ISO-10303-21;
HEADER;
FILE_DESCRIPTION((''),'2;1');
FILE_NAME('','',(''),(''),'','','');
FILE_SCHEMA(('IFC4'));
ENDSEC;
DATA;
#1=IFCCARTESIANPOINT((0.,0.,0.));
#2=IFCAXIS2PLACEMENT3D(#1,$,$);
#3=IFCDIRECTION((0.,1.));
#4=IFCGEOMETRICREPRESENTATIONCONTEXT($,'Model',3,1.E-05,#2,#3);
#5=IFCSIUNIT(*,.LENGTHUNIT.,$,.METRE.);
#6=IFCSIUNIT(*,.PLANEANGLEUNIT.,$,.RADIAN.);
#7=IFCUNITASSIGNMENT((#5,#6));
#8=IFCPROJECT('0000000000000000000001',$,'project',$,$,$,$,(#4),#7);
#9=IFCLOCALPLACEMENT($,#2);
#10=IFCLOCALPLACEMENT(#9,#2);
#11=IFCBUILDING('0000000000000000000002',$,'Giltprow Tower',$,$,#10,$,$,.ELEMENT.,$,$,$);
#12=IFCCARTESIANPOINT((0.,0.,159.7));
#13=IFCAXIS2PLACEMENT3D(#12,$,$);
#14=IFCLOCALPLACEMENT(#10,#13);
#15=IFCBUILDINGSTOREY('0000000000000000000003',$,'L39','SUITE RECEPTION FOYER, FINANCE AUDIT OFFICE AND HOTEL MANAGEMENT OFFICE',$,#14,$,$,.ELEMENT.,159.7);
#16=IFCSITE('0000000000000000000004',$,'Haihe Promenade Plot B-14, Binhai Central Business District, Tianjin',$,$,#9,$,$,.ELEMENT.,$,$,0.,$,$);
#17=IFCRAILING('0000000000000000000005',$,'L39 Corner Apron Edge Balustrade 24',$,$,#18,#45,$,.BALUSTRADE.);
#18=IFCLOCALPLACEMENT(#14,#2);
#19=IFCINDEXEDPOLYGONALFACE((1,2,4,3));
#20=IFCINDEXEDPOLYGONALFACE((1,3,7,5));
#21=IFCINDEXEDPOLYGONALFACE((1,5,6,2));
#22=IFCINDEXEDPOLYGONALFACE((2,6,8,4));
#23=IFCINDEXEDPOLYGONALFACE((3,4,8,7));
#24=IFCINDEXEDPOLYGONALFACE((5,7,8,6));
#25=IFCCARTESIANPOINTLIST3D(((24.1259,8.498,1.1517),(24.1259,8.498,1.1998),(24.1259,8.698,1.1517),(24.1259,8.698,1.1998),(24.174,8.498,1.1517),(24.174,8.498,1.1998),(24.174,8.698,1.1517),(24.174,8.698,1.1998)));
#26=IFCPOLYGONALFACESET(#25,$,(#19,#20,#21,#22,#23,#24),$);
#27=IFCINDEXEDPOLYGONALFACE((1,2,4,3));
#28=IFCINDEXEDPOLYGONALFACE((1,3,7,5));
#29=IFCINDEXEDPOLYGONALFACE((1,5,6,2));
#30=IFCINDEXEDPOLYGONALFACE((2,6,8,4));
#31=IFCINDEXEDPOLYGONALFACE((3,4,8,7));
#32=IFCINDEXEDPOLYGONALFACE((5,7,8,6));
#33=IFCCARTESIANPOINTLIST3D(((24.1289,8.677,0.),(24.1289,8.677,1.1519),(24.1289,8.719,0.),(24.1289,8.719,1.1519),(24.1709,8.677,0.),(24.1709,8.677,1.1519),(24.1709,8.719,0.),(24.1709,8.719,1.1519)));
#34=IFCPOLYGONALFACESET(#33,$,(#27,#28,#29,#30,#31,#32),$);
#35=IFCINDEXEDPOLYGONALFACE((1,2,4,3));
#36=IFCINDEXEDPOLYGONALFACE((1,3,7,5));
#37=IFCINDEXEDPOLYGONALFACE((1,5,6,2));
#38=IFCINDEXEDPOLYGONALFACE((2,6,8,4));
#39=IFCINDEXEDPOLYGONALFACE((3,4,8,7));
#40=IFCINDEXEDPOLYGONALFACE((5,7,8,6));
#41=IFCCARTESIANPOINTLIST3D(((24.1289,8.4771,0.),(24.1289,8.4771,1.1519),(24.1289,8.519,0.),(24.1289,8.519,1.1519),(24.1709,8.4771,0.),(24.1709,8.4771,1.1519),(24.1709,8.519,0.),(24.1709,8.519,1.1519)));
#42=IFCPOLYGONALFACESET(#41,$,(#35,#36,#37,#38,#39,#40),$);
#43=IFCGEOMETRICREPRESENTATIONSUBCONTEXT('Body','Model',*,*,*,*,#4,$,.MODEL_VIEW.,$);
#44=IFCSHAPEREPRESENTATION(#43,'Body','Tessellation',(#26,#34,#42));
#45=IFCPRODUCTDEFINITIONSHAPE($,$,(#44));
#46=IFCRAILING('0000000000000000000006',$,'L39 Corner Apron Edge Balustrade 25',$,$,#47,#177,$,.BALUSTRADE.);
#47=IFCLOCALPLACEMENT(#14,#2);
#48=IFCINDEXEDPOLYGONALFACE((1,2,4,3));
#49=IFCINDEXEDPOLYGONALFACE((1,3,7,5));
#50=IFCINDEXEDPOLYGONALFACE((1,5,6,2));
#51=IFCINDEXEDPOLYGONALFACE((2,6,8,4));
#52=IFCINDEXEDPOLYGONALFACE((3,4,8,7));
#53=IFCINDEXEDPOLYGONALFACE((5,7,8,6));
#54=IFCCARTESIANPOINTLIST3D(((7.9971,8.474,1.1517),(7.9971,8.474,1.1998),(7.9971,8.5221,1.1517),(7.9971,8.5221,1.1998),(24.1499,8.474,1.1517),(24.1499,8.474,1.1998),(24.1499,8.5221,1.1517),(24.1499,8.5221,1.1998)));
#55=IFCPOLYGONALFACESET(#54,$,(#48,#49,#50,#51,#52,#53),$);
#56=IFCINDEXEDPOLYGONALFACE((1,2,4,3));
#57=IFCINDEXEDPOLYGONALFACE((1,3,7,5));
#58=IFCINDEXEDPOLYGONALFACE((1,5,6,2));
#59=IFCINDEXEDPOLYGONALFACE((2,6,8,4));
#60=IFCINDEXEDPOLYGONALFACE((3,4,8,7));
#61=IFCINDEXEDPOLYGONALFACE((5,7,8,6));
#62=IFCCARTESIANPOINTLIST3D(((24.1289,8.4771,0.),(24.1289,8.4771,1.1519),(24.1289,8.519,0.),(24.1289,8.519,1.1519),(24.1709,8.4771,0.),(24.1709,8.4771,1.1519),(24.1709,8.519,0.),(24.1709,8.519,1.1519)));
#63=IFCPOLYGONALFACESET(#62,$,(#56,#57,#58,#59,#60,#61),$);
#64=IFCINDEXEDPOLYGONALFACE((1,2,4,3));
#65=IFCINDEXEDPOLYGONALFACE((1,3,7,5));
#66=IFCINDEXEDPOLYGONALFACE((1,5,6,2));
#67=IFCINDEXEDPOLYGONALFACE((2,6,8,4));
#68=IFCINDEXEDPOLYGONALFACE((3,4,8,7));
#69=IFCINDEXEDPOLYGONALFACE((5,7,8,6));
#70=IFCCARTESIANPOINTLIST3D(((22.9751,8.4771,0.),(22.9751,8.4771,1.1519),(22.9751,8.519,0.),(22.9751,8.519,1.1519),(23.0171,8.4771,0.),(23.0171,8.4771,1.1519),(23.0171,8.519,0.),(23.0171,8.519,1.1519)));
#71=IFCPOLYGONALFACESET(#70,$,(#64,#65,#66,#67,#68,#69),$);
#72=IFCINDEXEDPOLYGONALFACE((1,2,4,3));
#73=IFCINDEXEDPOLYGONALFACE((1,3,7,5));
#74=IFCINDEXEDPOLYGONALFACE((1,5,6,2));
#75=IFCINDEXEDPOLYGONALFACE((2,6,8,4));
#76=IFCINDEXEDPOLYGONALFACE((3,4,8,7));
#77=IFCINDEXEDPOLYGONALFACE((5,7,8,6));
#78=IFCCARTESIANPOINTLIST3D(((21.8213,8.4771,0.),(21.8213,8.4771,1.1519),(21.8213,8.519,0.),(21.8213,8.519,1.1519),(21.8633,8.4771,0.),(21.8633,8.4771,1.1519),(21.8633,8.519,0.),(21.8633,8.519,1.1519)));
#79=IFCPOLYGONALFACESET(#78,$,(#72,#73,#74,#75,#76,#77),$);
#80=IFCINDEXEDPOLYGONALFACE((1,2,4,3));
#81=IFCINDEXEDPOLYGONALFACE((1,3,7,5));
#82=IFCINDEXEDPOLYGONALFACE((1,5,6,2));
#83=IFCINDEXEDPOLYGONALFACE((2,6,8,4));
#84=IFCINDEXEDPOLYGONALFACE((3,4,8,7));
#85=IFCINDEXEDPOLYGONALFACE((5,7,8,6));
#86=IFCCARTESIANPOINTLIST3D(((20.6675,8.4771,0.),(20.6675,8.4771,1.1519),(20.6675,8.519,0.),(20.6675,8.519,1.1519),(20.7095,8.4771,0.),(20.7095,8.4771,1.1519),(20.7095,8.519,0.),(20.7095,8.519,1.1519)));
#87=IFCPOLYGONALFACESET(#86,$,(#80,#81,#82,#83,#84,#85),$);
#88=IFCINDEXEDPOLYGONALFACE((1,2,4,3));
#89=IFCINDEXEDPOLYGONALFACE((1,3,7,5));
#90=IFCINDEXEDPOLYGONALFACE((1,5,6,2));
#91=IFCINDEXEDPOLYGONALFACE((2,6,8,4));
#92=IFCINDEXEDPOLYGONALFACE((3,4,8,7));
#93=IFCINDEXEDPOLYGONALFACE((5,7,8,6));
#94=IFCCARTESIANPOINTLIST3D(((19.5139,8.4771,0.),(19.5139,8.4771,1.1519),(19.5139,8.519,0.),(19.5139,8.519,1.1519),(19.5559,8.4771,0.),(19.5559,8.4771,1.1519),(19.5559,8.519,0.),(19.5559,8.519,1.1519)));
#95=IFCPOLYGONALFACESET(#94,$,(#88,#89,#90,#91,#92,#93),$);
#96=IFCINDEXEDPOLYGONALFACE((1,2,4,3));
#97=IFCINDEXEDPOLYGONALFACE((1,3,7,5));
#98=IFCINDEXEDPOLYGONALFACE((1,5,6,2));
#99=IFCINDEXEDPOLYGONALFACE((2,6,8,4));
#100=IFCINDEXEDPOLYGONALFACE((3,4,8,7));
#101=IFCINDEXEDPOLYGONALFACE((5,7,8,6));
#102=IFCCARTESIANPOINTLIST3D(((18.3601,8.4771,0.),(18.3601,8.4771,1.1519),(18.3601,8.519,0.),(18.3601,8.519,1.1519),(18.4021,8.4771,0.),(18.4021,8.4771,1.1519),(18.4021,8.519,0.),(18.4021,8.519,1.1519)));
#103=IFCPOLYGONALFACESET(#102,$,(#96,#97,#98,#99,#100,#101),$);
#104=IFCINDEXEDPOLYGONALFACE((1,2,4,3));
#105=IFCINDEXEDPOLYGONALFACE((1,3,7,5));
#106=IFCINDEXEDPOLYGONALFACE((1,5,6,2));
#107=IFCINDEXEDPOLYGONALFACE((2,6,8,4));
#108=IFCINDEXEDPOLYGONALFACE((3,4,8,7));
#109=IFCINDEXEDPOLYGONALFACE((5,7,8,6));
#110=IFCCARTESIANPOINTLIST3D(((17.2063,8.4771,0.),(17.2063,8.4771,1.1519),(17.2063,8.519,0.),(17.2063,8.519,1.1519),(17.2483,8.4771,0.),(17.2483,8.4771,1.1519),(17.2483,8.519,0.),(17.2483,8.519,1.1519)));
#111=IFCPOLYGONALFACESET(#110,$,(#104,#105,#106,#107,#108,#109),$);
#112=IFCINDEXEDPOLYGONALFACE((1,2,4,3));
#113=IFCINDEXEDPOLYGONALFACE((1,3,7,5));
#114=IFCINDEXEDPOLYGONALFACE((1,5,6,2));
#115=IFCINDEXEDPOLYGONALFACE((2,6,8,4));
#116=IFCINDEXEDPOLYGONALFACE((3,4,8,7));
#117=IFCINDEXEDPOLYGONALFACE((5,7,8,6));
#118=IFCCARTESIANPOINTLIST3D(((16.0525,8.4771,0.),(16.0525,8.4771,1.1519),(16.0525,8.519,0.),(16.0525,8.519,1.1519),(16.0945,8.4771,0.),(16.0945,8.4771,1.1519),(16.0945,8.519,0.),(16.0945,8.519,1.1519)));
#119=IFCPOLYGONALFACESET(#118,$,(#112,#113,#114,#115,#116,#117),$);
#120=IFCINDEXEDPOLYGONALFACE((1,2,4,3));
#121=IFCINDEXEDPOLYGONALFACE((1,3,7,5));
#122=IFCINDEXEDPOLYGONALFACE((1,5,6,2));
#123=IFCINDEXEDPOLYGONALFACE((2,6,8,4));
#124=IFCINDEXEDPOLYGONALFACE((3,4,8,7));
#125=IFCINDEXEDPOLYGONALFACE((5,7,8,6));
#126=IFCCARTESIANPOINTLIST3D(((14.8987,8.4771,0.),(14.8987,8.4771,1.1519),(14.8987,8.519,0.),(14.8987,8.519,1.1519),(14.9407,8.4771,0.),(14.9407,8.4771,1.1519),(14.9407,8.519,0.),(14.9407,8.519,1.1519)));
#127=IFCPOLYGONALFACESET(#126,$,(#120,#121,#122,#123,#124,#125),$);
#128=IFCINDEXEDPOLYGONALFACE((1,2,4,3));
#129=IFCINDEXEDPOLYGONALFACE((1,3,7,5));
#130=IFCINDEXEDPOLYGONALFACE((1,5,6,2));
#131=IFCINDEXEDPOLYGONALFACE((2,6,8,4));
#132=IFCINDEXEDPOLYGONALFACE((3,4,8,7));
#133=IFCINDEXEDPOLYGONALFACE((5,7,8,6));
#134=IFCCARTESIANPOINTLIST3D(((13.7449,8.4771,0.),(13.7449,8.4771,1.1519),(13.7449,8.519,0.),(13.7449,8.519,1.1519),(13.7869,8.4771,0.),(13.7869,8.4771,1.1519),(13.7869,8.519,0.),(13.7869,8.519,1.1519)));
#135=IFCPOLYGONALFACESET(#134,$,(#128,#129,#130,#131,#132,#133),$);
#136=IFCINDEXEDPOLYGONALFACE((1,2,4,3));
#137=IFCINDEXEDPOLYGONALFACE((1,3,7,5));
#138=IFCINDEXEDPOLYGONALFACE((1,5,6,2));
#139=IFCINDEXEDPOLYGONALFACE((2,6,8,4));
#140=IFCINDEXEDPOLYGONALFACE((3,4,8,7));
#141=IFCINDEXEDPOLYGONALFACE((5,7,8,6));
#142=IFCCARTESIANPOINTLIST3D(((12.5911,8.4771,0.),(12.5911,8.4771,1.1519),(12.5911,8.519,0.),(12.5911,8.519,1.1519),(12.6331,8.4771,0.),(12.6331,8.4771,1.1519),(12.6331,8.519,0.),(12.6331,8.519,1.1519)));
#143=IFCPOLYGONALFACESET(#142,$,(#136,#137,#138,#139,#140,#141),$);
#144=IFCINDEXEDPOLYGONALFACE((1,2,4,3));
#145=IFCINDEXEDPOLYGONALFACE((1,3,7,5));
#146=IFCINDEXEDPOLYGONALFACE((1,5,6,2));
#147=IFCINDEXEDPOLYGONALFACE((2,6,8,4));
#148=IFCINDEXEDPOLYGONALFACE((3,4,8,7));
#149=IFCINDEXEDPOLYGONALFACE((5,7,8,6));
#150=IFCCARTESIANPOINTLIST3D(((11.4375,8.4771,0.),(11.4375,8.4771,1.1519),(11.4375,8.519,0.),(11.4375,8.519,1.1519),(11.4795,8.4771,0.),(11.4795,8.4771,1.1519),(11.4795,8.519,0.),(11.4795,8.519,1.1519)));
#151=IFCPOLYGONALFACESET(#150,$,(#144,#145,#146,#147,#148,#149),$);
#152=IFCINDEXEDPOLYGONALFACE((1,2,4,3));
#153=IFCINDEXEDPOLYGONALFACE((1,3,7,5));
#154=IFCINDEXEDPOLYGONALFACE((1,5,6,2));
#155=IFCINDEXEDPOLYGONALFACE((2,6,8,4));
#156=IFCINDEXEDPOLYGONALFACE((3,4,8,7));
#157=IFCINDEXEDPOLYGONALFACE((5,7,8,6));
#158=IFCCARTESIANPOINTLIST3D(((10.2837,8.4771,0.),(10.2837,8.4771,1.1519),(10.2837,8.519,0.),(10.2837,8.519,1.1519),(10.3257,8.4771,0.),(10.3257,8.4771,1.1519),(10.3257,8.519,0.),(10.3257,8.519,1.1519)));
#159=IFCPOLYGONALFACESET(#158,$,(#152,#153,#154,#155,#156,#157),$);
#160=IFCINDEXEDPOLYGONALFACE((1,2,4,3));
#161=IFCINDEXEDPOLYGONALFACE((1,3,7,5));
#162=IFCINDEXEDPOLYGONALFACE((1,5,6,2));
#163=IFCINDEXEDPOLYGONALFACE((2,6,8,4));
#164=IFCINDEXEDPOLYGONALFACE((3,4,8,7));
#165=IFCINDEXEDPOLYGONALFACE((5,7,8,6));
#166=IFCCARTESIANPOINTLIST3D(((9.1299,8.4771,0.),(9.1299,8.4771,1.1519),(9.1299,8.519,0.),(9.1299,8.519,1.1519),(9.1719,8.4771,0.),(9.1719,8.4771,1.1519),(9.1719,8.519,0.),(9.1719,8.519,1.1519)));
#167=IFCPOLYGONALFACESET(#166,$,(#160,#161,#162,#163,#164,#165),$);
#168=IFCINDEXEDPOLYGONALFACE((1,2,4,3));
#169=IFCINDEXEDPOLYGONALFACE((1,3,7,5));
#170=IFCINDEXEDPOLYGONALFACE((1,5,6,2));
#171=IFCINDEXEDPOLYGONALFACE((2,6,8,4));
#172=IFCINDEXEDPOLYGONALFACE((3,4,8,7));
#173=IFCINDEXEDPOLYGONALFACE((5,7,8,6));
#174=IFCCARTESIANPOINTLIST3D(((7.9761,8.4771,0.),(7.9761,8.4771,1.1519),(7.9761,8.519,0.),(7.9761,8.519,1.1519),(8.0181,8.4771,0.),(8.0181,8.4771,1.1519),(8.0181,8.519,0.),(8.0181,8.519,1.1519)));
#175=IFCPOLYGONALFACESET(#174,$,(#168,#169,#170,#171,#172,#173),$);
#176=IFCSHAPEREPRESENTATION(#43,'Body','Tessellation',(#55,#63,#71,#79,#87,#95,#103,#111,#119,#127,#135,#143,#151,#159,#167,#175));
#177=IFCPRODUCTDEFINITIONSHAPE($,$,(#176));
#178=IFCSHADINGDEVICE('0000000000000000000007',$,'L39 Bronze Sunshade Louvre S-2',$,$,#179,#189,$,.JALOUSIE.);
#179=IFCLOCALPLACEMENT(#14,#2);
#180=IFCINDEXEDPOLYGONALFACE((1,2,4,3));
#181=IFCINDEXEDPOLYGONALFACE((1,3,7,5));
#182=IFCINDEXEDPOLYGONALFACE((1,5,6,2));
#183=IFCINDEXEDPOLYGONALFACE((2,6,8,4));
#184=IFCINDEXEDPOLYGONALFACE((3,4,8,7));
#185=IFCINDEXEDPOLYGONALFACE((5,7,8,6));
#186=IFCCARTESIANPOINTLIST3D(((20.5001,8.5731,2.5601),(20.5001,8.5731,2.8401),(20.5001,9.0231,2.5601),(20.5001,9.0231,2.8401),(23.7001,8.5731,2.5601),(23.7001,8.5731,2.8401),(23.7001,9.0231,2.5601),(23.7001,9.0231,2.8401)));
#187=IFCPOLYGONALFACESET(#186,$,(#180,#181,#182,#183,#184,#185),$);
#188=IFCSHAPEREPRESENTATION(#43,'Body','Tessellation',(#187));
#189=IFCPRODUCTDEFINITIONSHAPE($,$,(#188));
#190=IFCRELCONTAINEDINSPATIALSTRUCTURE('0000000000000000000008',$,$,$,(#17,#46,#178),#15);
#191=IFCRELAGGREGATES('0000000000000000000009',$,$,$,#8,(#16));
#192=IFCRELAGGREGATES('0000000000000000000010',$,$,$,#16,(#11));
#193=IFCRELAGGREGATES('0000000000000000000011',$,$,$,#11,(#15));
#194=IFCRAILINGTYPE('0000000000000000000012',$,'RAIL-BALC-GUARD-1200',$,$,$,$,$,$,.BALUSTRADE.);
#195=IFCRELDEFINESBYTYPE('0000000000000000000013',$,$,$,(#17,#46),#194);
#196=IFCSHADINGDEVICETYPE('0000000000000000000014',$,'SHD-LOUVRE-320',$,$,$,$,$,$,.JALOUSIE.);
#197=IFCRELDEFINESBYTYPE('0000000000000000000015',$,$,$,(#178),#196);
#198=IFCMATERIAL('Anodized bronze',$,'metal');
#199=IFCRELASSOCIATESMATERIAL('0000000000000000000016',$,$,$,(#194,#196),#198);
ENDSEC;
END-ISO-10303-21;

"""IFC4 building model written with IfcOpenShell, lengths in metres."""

from ifc_helpers import new_model, si_unit, direction, frame, origin, origin_2d, place, context, subcontext, project, spatial, rectangle, extrude, source, transform, mapped, material, type_object, element, save


model = new_model("IFC4")

# Units and contexts
model_context = context("Model", 3, precision=1e-05, world=origin(), true_north=direction((0.0, 1.0)))
body_context = subcontext(model_context, "Body", "Model", "MODEL_VIEW")
ifc_project = project(units=[si_unit("LENGTHUNIT", "METRE"), si_unit("PLANEANGLEUNIT", "RADIAN")], contexts=[model_context])

# Site, building, storey
site_placement = place(None, origin())
site = spatial("IfcSite", under=ifc_project, at=site_placement, Name="Haihe Promenade Plot B-14, Binhai Central Business District, Tianjin", CompositionType="ELEMENT", RefElevation=0.0)
building_placement = place(site_placement, origin())
building = spatial("IfcBuilding", under=site, at=building_placement, Name="Giltprow Tower", CompositionType="ELEMENT")
storey_placement = place(building_placement, frame((0.0, 0.0, 159.7)))
storey = spatial("IfcBuildingStorey", under=building, at=storey_placement, Name="L39", Description="SUITE RECEPTION FOYER, FINANCE AUDIT OFFICE AND HOTEL MANAGEMENT OFFICE", CompositionType="ELEMENT", Elevation=159.7)

# Shared definitions
ifc_material_1 = material(Name="Anodized bronze", Category="metal")

# Railings
railing_type = type_object("IfcRailingType", Name="RAIL-BALC-GUARD-1200", PredefinedType="BALUSTRADE", material=ifc_material_1)
railing_1_placement = place(storey_placement, frame((24.1499, 8.698, 0.0)))
element("IfcRailing", 1, at=railing_1_placement, inside=storey, type_object=railing_type, Name="L39 Corner Apron Edge Balustrade 24", PredefinedType="BALUSTRADE", context=body_context, shape_type="SweptSolid", body=[
    extrude(rectangle(XDim=0.0481, YDim=0.0481, at=origin_2d()), frame((0.0, 0.0, 1.1758), z_axis=(0.0, -1.0, 0.0), x_axis=(1.0, 0.0, 0.0)), (0.0, 0.0, 1.0), 0.2),
    extrude(rectangle(XDim=0.042, YDim=0.042, at=origin_2d()), origin(), (0.0, 0.0, 1.0), 1.1519),
    extrude(rectangle(XDim=0.042, YDim=0.042, at=origin_2d()), frame((0.0, -0.2, 0.0)), (0.0, 0.0, 1.0), 1.1519),
])
railing_2_placement = place(storey_placement, frame((24.1499, 8.498, 0.0)))
element("IfcRailing", 2, at=railing_2_placement, inside=storey, type_object=railing_type, Name="L39 Corner Apron Edge Balustrade 25", PredefinedType="BALUSTRADE", context=body_context, shape_type="SweptSolid", body=[
    extrude(rectangle(XDim=0.0481, YDim=0.0481, at=origin_2d()), frame((0.0, 0.0, 1.1758), z_axis=(-1.0, 0.0, 0.0), x_axis=(0.0, -1.0, 0.0)), (0.0, 0.0, 1.0), 16.1528),
    extrude(rectangle(XDim=0.042, YDim=0.042, at=origin_2d()), origin(), (0.0, 0.0, 1.0), 1.1519),
    extrude(rectangle(XDim=0.042, YDim=0.042, at=origin_2d()), frame((-1.1538, 0.0, 0.0)), (0.0, 0.0, 1.0), 1.1519),
    extrude(rectangle(XDim=0.042, YDim=0.042, at=origin_2d()), frame((-2.3076, 0.0, 0.0)), (0.0, 0.0, 1.0), 1.1519),
    extrude(rectangle(XDim=0.042, YDim=0.042, at=origin_2d()), frame((-3.4614, 0.0, 0.0)), (0.0, 0.0, 1.0), 1.1519),
    extrude(rectangle(XDim=0.042, YDim=0.042, at=origin_2d()), frame((-4.615, 0.0, 0.0)), (0.0, 0.0, 1.0), 1.1519),
    extrude(rectangle(XDim=0.042, YDim=0.042, at=origin_2d()), frame((-5.7688, 0.0, 0.0)), (0.0, 0.0, 1.0), 1.1519),
    extrude(rectangle(XDim=0.042, YDim=0.042, at=origin_2d()), frame((-6.9226, 0.0, 0.0)), (0.0, 0.0, 1.0), 1.1519),
    extrude(rectangle(XDim=0.042, YDim=0.042, at=origin_2d()), frame((-8.0764, 0.0, 0.0)), (0.0, 0.0, 1.0), 1.1519),
    extrude(rectangle(XDim=0.042, YDim=0.042, at=origin_2d()), frame((-9.2302, 0.0, 0.0)), (0.0, 0.0, 1.0), 1.1519),
    extrude(rectangle(XDim=0.042, YDim=0.042, at=origin_2d()), frame((-10.384, 0.0, 0.0)), (0.0, 0.0, 1.0), 1.1519),
    extrude(rectangle(XDim=0.042, YDim=0.042, at=origin_2d()), frame((-11.5378, 0.0, 0.0)), (0.0, 0.0, 1.0), 1.1519),
    extrude(rectangle(XDim=0.042, YDim=0.042, at=origin_2d()), frame((-12.6914, 0.0, 0.0)), (0.0, 0.0, 1.0), 1.1519),
    extrude(rectangle(XDim=0.042, YDim=0.042, at=origin_2d()), frame((-13.8452, 0.0, 0.0)), (0.0, 0.0, 1.0), 1.1519),
    extrude(rectangle(XDim=0.042, YDim=0.042, at=origin_2d()), frame((-14.999, 0.0, 0.0)), (0.0, 0.0, 1.0), 1.1519),
    extrude(rectangle(XDim=0.042, YDim=0.042, at=origin_2d()), frame((-16.1528, 0.0, 0.0)), (0.0, 0.0, 1.0), 1.1519),
])

# Shading device
shading_device_type = type_object("IfcShadingDeviceType", Name="SHD-LOUVRE-320", PredefinedType="JALOUSIE", material=ifc_material_1)
shared_shape_1 = source(origin(), body_context, "Body", "SweptSolid", [
    extrude(rectangle(XDim=3.2, YDim=0.45, at=origin_2d()), origin(), (0.0, 0.0, 1.0), 0.28),
])
shading_device_placement = place(storey_placement, frame((22.1001, 8.7981, 2.5601), z_axis=(0.0, 0.0, 1.0), x_axis=(1.0, 0.0, 0.0)))
element("IfcShadingDevice", 3, at=shading_device_placement, inside=storey, type_object=shading_device_type, Name="L39 Bronze Sunshade Louvre S-2", PredefinedType="JALOUSIE", context=body_context, shape_type="MappedRepresentation", body=[
    mapped(shared_shape_1, transform((0.0, 0.0, 0.0), x_axis=(1.0, 0.0, 0.0), y_axis=(0.0, 1.0, 0.0), z_axis=(0.0, 0.0, 1.0), scale=1.0)),
])

save(model, "model.ifc")
